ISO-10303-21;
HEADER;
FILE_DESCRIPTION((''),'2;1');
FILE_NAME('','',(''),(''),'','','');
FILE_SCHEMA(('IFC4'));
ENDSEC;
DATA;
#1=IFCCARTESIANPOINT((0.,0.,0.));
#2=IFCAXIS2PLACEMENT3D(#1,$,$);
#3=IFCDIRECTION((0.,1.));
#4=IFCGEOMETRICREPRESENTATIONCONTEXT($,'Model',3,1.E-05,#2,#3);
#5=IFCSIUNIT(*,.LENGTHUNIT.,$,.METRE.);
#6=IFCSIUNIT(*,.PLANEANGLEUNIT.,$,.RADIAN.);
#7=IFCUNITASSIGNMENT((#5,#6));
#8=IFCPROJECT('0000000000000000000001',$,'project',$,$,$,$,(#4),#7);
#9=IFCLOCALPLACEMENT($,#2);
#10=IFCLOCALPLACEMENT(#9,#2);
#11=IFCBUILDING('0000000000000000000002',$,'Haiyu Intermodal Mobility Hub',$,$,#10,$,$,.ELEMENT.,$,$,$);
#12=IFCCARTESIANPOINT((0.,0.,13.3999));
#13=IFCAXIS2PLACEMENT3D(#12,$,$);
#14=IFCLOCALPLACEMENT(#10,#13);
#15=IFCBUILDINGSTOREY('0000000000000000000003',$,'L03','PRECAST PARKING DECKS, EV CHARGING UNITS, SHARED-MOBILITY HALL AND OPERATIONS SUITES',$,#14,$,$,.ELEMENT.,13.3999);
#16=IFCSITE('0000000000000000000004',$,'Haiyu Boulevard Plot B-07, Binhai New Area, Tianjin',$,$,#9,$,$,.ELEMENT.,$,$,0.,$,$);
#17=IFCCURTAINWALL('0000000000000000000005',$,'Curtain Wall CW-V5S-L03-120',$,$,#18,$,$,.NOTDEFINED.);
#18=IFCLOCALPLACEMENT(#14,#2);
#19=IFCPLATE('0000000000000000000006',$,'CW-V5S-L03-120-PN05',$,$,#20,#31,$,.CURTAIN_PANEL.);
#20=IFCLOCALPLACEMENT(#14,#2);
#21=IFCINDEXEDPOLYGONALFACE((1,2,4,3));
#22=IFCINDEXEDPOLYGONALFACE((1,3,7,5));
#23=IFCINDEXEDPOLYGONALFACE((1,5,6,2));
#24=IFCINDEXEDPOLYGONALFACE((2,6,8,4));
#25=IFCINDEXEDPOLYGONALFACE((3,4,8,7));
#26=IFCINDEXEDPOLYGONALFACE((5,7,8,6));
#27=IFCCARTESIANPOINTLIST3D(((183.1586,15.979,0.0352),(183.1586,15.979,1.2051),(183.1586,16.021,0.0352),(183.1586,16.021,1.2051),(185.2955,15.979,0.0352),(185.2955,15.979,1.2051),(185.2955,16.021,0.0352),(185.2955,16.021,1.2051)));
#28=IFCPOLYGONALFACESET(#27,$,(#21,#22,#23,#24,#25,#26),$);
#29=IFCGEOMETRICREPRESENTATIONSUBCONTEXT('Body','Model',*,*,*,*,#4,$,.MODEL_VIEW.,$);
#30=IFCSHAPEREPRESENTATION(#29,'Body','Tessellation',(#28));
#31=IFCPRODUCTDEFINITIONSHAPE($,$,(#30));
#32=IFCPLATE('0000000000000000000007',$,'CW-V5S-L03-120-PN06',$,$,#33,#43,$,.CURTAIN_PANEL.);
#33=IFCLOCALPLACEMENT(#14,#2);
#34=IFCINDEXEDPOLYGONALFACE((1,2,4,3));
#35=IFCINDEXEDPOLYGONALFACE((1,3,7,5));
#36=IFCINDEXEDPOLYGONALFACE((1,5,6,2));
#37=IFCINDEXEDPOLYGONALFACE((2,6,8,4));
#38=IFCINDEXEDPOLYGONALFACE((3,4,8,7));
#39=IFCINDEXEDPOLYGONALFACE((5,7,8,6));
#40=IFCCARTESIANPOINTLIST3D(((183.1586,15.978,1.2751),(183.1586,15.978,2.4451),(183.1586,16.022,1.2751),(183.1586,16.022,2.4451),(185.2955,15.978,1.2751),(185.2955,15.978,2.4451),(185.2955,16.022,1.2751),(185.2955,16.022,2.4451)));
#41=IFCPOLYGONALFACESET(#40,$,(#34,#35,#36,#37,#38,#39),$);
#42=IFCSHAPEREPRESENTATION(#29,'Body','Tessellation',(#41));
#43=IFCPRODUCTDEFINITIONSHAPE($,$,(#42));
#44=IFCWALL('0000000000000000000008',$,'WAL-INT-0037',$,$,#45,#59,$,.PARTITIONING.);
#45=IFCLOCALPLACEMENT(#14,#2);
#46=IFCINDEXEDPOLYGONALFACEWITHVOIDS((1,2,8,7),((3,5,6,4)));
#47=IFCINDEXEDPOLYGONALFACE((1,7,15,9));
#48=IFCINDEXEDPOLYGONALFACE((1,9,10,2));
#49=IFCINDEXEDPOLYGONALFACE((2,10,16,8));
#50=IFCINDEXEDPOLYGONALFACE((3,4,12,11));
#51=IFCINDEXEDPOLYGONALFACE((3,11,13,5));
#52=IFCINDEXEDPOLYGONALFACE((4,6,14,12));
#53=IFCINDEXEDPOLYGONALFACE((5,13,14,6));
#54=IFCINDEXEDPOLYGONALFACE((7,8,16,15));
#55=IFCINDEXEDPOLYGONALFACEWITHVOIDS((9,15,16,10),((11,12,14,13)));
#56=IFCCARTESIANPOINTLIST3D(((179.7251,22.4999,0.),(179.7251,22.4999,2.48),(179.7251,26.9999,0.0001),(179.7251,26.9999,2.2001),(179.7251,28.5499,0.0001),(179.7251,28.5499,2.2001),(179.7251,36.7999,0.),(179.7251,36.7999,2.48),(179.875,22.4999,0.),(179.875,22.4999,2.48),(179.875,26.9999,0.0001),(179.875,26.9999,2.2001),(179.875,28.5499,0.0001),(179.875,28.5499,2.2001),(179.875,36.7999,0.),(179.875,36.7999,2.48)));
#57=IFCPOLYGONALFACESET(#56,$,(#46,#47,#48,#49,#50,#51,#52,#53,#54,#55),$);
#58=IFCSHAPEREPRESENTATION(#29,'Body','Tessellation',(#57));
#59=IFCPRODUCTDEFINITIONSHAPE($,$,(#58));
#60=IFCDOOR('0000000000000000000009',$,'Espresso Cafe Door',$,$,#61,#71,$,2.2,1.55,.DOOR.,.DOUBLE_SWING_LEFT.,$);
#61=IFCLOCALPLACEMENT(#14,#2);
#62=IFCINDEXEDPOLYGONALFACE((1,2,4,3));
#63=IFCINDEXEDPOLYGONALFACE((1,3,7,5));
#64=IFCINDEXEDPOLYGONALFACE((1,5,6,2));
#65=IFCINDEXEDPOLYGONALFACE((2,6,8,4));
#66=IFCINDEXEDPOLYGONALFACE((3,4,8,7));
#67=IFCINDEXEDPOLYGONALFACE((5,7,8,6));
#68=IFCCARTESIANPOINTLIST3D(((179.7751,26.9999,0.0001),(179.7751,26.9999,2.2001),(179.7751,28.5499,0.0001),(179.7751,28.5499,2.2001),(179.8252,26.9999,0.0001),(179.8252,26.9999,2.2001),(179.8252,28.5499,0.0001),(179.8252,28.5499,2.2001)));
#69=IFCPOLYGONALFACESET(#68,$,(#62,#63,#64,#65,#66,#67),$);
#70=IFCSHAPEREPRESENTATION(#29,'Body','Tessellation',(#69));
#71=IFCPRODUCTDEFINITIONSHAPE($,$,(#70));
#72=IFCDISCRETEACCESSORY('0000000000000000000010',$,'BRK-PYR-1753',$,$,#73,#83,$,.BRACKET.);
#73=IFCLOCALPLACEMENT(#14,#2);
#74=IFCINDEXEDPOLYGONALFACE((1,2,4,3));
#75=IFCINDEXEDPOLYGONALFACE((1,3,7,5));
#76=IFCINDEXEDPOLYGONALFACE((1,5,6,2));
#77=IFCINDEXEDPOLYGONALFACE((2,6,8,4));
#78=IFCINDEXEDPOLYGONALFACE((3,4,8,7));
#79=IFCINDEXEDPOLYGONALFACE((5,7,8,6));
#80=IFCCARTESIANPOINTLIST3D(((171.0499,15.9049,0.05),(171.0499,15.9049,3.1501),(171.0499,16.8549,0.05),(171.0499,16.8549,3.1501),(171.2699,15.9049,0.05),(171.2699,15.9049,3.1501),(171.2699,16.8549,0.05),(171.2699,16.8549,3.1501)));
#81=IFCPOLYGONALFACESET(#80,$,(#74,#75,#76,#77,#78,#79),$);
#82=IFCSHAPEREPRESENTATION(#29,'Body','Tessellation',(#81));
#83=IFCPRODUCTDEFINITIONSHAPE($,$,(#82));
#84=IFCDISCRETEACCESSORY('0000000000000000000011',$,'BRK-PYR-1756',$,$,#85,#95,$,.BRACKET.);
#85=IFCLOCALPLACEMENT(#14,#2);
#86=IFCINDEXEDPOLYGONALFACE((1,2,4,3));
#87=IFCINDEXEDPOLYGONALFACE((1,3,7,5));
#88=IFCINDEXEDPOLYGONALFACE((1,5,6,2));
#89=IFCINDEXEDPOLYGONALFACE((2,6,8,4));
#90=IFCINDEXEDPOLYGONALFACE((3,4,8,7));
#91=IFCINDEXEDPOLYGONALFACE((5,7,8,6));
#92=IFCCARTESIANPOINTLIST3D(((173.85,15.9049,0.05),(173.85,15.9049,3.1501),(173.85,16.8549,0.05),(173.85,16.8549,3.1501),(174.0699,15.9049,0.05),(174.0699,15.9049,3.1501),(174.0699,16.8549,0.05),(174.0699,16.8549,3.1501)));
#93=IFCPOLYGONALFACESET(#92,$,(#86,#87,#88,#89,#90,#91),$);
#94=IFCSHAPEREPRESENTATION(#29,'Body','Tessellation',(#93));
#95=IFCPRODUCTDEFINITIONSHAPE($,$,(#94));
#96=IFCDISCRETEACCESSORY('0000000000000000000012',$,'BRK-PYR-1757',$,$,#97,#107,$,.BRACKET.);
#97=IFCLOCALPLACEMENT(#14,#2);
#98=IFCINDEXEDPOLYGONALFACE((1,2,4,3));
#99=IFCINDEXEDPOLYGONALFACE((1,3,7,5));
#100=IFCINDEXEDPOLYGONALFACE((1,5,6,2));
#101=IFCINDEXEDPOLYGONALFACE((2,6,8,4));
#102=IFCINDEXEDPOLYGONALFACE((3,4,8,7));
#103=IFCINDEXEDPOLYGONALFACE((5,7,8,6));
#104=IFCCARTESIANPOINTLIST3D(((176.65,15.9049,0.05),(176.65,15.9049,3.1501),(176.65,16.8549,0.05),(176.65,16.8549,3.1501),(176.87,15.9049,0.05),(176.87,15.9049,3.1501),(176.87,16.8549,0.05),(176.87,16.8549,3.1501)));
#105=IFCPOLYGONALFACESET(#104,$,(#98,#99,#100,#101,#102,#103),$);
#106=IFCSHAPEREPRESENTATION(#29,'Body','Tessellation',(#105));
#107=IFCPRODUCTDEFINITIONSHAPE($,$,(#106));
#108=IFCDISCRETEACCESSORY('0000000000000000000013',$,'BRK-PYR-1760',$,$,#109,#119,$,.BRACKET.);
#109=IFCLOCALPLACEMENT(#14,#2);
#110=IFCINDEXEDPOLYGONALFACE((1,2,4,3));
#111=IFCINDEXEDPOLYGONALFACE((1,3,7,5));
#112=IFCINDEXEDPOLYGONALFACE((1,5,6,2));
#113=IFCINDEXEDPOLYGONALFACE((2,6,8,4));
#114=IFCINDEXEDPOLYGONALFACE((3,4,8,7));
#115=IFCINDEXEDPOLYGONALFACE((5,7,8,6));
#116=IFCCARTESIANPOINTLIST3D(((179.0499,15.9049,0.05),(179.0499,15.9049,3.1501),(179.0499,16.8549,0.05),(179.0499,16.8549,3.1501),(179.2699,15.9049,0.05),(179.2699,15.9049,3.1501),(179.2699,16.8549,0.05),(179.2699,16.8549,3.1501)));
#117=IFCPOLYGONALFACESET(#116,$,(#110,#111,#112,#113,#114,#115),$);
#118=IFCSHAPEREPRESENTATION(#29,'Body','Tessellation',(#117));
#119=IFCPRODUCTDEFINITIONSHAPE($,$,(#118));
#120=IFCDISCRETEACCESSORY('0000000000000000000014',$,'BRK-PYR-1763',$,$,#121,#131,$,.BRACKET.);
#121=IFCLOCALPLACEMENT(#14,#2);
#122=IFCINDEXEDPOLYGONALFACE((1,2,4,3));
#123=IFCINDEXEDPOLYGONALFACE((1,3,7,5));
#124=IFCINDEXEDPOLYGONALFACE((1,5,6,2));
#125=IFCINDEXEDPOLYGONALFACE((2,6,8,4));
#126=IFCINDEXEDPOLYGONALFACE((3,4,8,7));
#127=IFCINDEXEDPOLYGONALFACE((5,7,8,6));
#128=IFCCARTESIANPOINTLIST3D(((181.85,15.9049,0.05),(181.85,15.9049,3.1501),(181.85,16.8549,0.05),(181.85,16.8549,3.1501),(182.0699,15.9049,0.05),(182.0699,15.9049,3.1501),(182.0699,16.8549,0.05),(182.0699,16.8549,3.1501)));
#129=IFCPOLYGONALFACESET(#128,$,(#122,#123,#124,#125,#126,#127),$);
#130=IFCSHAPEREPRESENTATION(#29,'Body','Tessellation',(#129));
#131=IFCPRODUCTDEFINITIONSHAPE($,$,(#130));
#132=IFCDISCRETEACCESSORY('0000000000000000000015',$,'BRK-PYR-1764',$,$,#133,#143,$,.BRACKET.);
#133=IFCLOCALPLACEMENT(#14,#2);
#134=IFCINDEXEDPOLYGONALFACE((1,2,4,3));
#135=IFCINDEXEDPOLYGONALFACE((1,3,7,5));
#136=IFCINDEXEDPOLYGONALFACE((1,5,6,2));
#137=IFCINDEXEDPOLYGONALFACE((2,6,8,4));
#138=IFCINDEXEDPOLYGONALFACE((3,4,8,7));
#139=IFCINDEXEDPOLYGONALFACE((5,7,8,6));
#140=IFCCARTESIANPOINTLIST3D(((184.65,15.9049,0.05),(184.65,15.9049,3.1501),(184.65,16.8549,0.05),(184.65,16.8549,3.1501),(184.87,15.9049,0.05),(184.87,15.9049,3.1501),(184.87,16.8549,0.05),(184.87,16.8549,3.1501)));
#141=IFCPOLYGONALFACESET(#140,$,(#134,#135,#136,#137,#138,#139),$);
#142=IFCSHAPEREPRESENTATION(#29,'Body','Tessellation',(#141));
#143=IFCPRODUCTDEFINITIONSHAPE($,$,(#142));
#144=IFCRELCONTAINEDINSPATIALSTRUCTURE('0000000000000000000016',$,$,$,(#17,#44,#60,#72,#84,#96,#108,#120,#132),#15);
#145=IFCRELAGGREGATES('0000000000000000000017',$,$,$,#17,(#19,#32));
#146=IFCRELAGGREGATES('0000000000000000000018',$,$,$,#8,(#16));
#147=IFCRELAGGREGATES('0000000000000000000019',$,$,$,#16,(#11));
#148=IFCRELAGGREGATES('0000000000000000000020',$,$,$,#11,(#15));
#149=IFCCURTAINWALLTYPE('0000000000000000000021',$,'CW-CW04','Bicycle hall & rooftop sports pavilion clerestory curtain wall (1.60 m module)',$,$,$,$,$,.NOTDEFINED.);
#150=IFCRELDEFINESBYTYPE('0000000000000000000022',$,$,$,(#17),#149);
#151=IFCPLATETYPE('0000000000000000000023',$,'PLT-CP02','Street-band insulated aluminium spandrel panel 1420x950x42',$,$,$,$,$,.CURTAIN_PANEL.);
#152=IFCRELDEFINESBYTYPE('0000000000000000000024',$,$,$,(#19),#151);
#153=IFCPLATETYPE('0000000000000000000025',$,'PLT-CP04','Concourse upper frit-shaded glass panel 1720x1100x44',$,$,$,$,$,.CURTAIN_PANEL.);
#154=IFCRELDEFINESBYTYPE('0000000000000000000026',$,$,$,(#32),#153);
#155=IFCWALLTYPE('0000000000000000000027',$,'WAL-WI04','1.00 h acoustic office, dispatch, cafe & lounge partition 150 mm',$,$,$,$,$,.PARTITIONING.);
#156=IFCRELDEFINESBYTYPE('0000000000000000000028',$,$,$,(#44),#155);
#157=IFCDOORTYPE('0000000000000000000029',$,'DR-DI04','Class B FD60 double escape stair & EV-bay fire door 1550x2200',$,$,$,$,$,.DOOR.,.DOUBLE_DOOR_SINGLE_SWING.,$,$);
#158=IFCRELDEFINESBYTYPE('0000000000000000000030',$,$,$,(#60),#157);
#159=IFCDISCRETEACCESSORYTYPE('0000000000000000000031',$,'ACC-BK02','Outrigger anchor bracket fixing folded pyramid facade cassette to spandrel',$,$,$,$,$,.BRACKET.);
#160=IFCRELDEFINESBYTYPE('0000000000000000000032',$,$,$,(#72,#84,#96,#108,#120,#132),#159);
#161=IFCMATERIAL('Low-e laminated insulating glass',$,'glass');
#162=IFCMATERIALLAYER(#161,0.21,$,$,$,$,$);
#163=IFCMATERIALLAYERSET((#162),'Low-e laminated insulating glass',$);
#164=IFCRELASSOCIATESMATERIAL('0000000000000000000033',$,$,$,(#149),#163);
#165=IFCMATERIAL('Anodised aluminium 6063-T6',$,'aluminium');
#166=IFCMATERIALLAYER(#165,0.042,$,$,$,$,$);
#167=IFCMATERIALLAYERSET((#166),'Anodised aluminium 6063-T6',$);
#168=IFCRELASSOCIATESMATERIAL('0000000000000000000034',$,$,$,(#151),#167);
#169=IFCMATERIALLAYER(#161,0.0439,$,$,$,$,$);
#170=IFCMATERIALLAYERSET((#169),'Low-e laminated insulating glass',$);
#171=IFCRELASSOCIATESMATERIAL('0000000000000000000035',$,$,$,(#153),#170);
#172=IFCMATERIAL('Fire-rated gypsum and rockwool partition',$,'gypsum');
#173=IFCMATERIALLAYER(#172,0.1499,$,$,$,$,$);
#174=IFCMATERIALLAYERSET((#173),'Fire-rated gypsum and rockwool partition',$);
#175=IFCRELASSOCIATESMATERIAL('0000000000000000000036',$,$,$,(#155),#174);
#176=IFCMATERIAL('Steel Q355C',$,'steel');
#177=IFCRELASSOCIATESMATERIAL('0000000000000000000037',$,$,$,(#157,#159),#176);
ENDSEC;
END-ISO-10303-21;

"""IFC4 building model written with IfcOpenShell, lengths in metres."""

from ifc_helpers import new_model, si_unit, direction, frame, frame_2d, origin, origin_2d, place, context, subcontext, project, spatial, rectangle, extrude, material, layer, layer_set, type_object, element, fill, aggregate, save


model = new_model("IFC4")

# Units and contexts
model_context = context("Model", 3, precision=1e-05, world=origin(), true_north=direction((0.0, 1.0)))
body_context = subcontext(model_context, "Body", "Model", "MODEL_VIEW")
ifc_project = project(units=[si_unit("LENGTHUNIT", "METRE"), si_unit("PLANEANGLEUNIT", "RADIAN")], contexts=[model_context])

# Site, building, storey
site_placement = place(None, origin())
site = spatial("IfcSite", under=ifc_project, at=site_placement, Name="Haiyu Boulevard Plot B-07, Binhai New Area, Tianjin", CompositionType="ELEMENT", RefElevation=0.0)
building_placement = place(site_placement, origin())
building = spatial("IfcBuilding", under=site, at=building_placement, Name="Haiyu Intermodal Mobility Hub", CompositionType="ELEMENT")
storey_placement = place(building_placement, frame((0.0, 0.0, 13.3999)))
storey = spatial("IfcBuildingStorey", under=building, at=storey_placement, Name="L03", Description="PRECAST PARKING DECKS, EV CHARGING UNITS, SHARED-MOBILITY HALL AND OPERATIONS SUITES", CompositionType="ELEMENT", Elevation=13.3999)

# Curtain wall, plates
ifc_material_1 = material(Name="Low-e laminated insulating glass", Category="glass")
ifc_layer_1 = layer(ifc_material_1, 0.21)
ifc_layer_set_1 = layer_set([ifc_layer_1], Name="Low-e laminated insulating glass")
curtain_wall_type = type_object("IfcCurtainWallType", Name="CW-CW04", Description="Bicycle hall & rooftop sports pavilion clerestory curtain wall (1.60 m module)", PredefinedType="NOTDEFINED", material=ifc_layer_set_1)
curtain_wall_placement = place(storey_placement, origin())
curtain_wall = element("IfcCurtainWall", 1, at=curtain_wall_placement, inside=storey, type_object=curtain_wall_type, Name="Curtain Wall CW-V5S-L03-120", PredefinedType="NOTDEFINED")
ifc_material_2 = material(Name="Anodised aluminium 6063-T6", Category="aluminium")
ifc_layer_2 = layer(ifc_material_2, 0.042)
ifc_layer_set_2 = layer_set([ifc_layer_2], Name="Anodised aluminium 6063-T6")
plate_type_1 = type_object("IfcPlateType", Name="PLT-CP02", Description="Street-band insulated aluminium spandrel panel 1420x950x42", PredefinedType="CURTAIN_PANEL", material=ifc_layer_set_2)
plate_1_placement = place(storey_placement, frame((184.2271, 16.0, 0.0352), z_axis=(0.0, 0.0, 1.0), x_axis=(1.0, 0.0, 0.0)))
plate_1 = element("IfcPlate", 2, at=plate_1_placement, type_object=plate_type_1, Name="CW-V5S-L03-120-PN05", PredefinedType="CURTAIN_PANEL", context=body_context, shape_type="SweptSolid", body=[
    extrude(rectangle(XDim=2.137, YDim=0.042, at=origin_2d()), origin(), (0.0, 0.0, 1.0), 1.1699),
])
ifc_layer_3 = layer(ifc_material_1, 0.0439)
ifc_layer_set_3 = layer_set([ifc_layer_3], Name="Low-e laminated insulating glass")
plate_type_2 = type_object("IfcPlateType", Name="PLT-CP04", Description="Concourse upper frit-shaded glass panel 1720x1100x44", PredefinedType="CURTAIN_PANEL", material=ifc_layer_set_3)
plate_2_placement = place(storey_placement, frame((184.2271, 16.0, 1.2751), z_axis=(0.0, 0.0, 1.0), x_axis=(1.0, 0.0, 0.0)))
plate_2 = element("IfcPlate", 3, at=plate_2_placement, type_object=plate_type_2, Name="CW-V5S-L03-120-PN06", PredefinedType="CURTAIN_PANEL", context=body_context, shape_type="SweptSolid", body=[
    extrude(rectangle(XDim=2.137, YDim=0.0439, at=origin_2d()), origin(), (0.0, 0.0, 1.0), 1.1699),
])
aggregate(curtain_wall, [plate_1, plate_2])

# Wall, opening, door
ifc_material_3 = material(Name="Fire-rated gypsum and rockwool partition", Category="gypsum")
ifc_layer_4 = layer(ifc_material_3, 0.1499)
ifc_layer_set_4 = layer_set([ifc_layer_4], Name="Fire-rated gypsum and rockwool partition")
wall_type = type_object("IfcWallType", Name="WAL-WI04", Description="1.00 h acoustic office, dispatch, cafe & lounge partition 150 mm", PredefinedType="PARTITIONING", material=ifc_layer_set_4)
wall_placement = place(storey_placement, frame((179.8, 22.5, 0.0), z_axis=(0.0, 0.0, 1.0), x_axis=(0.0, 1.0, 0.0)))
wall = element("IfcWall", 4, at=wall_placement, inside=storey, type_object=wall_type, Name="WAL-INT-0037", PredefinedType="PARTITIONING", context=body_context, shape_type="SweptSolid", body=[
    extrude(rectangle(XDim=14.3, YDim=0.1499, at=frame_2d((7.1499, 0.0))), origin(), (0.0, 0.0, 1.0), 2.48),
])
opening_placement = place(wall_placement, frame((4.5, 0.0, 0.0)))
opening = element("IfcOpeningElement", 5, at=opening_placement, cuts=wall, PredefinedType="OPENING", context=body_context, shape_type="SweptSolid", body=[
    extrude(rectangle(XDim=1.55, YDim=2.2, at=frame_2d((0.7749, 1.1001))), frame((0.0, 0.085, 0.0), z_axis=(0.0, -1.0, 0.0), x_axis=(1.0, 0.0, 0.0)), (0.0, 0.0, 1.0), 0.1699),
])
ifc_material_4 = material(Name="Steel Q355C", Category="steel")
door_type = type_object("IfcDoorType", Name="DR-DI04", Description="Class B FD60 double escape stair & EV-bay fire door 1550x2200", OperationType="DOUBLE_DOOR_SINGLE_SWING", PredefinedType="DOOR", material=ifc_material_4)
door_placement = place(opening_placement, origin())
door = element("IfcDoor", 6, at=door_placement, inside=storey, type_object=door_type, Name="Espresso Cafe Door", OperationType="DOUBLE_SWING_LEFT", OverallHeight=2.2, OverallWidth=1.55, PredefinedType="DOOR", context=body_context, shape_type="SweptSolid", body=[
    extrude(rectangle(XDim=1.55, YDim=2.2, at=frame_2d((0.7749, 1.1001))), frame((0.0, 0.0249, 0.0), z_axis=(0.0, -1.0, 0.0), x_axis=(1.0, 0.0, 0.0)), (0.0, 0.0, 1.0), 0.05),
])
fill(opening, door)

# Discrete accessories
discrete_accessory_type = type_object("IfcDiscreteAccessoryType", Name="ACC-BK02", Description="Outrigger anchor bracket fixing folded pyramid facade cassette to spandrel", PredefinedType="BRACKET", material=ifc_material_4)
for number, where, z_axis, x_axis, name in (
    (7, (171.1599, 16.3799, 0.05), (0.0, 0.0, 1.0), (1.0, 0.0, 0.0), "BRK-PYR-1753"),
    (8, (173.96, 16.3799, 0.05), (0.0, 0.0, 1.0), (1.0, 0.0, 0.0), "BRK-PYR-1756"),
    (9, (176.76, 16.3799, 0.05), (0.0, 0.0, 1.0), (1.0, 0.0, 0.0), "BRK-PYR-1757"),
    (10, (179.1599, 16.3799, 0.05), (0.0, 0.0, 1.0), (1.0, 0.0, 0.0), "BRK-PYR-1760"),
    (11, (181.96, 16.3799, 0.05), (0.0, 0.0, 1.0), (1.0, 0.0, 0.0), "BRK-PYR-1763"),
    (12, (184.76, 16.3799, 0.05), (0.0, 0.0, 1.0), (1.0, 0.0, 0.0), "BRK-PYR-1764"),
):
    element("IfcDiscreteAccessory", number, at=place(storey_placement, frame(where, z_axis=z_axis, x_axis=x_axis)), inside=storey, type_object=discrete_accessory_type, Name=name, PredefinedType="BRACKET", context=body_context, shape_type="SweptSolid", body=[
        extrude(rectangle(XDim=0.22, YDim=0.95, at=origin_2d()), origin(), (0.0, 0.0, 1.0), 3.1001),
    ])

save(model, "model.ifc")
